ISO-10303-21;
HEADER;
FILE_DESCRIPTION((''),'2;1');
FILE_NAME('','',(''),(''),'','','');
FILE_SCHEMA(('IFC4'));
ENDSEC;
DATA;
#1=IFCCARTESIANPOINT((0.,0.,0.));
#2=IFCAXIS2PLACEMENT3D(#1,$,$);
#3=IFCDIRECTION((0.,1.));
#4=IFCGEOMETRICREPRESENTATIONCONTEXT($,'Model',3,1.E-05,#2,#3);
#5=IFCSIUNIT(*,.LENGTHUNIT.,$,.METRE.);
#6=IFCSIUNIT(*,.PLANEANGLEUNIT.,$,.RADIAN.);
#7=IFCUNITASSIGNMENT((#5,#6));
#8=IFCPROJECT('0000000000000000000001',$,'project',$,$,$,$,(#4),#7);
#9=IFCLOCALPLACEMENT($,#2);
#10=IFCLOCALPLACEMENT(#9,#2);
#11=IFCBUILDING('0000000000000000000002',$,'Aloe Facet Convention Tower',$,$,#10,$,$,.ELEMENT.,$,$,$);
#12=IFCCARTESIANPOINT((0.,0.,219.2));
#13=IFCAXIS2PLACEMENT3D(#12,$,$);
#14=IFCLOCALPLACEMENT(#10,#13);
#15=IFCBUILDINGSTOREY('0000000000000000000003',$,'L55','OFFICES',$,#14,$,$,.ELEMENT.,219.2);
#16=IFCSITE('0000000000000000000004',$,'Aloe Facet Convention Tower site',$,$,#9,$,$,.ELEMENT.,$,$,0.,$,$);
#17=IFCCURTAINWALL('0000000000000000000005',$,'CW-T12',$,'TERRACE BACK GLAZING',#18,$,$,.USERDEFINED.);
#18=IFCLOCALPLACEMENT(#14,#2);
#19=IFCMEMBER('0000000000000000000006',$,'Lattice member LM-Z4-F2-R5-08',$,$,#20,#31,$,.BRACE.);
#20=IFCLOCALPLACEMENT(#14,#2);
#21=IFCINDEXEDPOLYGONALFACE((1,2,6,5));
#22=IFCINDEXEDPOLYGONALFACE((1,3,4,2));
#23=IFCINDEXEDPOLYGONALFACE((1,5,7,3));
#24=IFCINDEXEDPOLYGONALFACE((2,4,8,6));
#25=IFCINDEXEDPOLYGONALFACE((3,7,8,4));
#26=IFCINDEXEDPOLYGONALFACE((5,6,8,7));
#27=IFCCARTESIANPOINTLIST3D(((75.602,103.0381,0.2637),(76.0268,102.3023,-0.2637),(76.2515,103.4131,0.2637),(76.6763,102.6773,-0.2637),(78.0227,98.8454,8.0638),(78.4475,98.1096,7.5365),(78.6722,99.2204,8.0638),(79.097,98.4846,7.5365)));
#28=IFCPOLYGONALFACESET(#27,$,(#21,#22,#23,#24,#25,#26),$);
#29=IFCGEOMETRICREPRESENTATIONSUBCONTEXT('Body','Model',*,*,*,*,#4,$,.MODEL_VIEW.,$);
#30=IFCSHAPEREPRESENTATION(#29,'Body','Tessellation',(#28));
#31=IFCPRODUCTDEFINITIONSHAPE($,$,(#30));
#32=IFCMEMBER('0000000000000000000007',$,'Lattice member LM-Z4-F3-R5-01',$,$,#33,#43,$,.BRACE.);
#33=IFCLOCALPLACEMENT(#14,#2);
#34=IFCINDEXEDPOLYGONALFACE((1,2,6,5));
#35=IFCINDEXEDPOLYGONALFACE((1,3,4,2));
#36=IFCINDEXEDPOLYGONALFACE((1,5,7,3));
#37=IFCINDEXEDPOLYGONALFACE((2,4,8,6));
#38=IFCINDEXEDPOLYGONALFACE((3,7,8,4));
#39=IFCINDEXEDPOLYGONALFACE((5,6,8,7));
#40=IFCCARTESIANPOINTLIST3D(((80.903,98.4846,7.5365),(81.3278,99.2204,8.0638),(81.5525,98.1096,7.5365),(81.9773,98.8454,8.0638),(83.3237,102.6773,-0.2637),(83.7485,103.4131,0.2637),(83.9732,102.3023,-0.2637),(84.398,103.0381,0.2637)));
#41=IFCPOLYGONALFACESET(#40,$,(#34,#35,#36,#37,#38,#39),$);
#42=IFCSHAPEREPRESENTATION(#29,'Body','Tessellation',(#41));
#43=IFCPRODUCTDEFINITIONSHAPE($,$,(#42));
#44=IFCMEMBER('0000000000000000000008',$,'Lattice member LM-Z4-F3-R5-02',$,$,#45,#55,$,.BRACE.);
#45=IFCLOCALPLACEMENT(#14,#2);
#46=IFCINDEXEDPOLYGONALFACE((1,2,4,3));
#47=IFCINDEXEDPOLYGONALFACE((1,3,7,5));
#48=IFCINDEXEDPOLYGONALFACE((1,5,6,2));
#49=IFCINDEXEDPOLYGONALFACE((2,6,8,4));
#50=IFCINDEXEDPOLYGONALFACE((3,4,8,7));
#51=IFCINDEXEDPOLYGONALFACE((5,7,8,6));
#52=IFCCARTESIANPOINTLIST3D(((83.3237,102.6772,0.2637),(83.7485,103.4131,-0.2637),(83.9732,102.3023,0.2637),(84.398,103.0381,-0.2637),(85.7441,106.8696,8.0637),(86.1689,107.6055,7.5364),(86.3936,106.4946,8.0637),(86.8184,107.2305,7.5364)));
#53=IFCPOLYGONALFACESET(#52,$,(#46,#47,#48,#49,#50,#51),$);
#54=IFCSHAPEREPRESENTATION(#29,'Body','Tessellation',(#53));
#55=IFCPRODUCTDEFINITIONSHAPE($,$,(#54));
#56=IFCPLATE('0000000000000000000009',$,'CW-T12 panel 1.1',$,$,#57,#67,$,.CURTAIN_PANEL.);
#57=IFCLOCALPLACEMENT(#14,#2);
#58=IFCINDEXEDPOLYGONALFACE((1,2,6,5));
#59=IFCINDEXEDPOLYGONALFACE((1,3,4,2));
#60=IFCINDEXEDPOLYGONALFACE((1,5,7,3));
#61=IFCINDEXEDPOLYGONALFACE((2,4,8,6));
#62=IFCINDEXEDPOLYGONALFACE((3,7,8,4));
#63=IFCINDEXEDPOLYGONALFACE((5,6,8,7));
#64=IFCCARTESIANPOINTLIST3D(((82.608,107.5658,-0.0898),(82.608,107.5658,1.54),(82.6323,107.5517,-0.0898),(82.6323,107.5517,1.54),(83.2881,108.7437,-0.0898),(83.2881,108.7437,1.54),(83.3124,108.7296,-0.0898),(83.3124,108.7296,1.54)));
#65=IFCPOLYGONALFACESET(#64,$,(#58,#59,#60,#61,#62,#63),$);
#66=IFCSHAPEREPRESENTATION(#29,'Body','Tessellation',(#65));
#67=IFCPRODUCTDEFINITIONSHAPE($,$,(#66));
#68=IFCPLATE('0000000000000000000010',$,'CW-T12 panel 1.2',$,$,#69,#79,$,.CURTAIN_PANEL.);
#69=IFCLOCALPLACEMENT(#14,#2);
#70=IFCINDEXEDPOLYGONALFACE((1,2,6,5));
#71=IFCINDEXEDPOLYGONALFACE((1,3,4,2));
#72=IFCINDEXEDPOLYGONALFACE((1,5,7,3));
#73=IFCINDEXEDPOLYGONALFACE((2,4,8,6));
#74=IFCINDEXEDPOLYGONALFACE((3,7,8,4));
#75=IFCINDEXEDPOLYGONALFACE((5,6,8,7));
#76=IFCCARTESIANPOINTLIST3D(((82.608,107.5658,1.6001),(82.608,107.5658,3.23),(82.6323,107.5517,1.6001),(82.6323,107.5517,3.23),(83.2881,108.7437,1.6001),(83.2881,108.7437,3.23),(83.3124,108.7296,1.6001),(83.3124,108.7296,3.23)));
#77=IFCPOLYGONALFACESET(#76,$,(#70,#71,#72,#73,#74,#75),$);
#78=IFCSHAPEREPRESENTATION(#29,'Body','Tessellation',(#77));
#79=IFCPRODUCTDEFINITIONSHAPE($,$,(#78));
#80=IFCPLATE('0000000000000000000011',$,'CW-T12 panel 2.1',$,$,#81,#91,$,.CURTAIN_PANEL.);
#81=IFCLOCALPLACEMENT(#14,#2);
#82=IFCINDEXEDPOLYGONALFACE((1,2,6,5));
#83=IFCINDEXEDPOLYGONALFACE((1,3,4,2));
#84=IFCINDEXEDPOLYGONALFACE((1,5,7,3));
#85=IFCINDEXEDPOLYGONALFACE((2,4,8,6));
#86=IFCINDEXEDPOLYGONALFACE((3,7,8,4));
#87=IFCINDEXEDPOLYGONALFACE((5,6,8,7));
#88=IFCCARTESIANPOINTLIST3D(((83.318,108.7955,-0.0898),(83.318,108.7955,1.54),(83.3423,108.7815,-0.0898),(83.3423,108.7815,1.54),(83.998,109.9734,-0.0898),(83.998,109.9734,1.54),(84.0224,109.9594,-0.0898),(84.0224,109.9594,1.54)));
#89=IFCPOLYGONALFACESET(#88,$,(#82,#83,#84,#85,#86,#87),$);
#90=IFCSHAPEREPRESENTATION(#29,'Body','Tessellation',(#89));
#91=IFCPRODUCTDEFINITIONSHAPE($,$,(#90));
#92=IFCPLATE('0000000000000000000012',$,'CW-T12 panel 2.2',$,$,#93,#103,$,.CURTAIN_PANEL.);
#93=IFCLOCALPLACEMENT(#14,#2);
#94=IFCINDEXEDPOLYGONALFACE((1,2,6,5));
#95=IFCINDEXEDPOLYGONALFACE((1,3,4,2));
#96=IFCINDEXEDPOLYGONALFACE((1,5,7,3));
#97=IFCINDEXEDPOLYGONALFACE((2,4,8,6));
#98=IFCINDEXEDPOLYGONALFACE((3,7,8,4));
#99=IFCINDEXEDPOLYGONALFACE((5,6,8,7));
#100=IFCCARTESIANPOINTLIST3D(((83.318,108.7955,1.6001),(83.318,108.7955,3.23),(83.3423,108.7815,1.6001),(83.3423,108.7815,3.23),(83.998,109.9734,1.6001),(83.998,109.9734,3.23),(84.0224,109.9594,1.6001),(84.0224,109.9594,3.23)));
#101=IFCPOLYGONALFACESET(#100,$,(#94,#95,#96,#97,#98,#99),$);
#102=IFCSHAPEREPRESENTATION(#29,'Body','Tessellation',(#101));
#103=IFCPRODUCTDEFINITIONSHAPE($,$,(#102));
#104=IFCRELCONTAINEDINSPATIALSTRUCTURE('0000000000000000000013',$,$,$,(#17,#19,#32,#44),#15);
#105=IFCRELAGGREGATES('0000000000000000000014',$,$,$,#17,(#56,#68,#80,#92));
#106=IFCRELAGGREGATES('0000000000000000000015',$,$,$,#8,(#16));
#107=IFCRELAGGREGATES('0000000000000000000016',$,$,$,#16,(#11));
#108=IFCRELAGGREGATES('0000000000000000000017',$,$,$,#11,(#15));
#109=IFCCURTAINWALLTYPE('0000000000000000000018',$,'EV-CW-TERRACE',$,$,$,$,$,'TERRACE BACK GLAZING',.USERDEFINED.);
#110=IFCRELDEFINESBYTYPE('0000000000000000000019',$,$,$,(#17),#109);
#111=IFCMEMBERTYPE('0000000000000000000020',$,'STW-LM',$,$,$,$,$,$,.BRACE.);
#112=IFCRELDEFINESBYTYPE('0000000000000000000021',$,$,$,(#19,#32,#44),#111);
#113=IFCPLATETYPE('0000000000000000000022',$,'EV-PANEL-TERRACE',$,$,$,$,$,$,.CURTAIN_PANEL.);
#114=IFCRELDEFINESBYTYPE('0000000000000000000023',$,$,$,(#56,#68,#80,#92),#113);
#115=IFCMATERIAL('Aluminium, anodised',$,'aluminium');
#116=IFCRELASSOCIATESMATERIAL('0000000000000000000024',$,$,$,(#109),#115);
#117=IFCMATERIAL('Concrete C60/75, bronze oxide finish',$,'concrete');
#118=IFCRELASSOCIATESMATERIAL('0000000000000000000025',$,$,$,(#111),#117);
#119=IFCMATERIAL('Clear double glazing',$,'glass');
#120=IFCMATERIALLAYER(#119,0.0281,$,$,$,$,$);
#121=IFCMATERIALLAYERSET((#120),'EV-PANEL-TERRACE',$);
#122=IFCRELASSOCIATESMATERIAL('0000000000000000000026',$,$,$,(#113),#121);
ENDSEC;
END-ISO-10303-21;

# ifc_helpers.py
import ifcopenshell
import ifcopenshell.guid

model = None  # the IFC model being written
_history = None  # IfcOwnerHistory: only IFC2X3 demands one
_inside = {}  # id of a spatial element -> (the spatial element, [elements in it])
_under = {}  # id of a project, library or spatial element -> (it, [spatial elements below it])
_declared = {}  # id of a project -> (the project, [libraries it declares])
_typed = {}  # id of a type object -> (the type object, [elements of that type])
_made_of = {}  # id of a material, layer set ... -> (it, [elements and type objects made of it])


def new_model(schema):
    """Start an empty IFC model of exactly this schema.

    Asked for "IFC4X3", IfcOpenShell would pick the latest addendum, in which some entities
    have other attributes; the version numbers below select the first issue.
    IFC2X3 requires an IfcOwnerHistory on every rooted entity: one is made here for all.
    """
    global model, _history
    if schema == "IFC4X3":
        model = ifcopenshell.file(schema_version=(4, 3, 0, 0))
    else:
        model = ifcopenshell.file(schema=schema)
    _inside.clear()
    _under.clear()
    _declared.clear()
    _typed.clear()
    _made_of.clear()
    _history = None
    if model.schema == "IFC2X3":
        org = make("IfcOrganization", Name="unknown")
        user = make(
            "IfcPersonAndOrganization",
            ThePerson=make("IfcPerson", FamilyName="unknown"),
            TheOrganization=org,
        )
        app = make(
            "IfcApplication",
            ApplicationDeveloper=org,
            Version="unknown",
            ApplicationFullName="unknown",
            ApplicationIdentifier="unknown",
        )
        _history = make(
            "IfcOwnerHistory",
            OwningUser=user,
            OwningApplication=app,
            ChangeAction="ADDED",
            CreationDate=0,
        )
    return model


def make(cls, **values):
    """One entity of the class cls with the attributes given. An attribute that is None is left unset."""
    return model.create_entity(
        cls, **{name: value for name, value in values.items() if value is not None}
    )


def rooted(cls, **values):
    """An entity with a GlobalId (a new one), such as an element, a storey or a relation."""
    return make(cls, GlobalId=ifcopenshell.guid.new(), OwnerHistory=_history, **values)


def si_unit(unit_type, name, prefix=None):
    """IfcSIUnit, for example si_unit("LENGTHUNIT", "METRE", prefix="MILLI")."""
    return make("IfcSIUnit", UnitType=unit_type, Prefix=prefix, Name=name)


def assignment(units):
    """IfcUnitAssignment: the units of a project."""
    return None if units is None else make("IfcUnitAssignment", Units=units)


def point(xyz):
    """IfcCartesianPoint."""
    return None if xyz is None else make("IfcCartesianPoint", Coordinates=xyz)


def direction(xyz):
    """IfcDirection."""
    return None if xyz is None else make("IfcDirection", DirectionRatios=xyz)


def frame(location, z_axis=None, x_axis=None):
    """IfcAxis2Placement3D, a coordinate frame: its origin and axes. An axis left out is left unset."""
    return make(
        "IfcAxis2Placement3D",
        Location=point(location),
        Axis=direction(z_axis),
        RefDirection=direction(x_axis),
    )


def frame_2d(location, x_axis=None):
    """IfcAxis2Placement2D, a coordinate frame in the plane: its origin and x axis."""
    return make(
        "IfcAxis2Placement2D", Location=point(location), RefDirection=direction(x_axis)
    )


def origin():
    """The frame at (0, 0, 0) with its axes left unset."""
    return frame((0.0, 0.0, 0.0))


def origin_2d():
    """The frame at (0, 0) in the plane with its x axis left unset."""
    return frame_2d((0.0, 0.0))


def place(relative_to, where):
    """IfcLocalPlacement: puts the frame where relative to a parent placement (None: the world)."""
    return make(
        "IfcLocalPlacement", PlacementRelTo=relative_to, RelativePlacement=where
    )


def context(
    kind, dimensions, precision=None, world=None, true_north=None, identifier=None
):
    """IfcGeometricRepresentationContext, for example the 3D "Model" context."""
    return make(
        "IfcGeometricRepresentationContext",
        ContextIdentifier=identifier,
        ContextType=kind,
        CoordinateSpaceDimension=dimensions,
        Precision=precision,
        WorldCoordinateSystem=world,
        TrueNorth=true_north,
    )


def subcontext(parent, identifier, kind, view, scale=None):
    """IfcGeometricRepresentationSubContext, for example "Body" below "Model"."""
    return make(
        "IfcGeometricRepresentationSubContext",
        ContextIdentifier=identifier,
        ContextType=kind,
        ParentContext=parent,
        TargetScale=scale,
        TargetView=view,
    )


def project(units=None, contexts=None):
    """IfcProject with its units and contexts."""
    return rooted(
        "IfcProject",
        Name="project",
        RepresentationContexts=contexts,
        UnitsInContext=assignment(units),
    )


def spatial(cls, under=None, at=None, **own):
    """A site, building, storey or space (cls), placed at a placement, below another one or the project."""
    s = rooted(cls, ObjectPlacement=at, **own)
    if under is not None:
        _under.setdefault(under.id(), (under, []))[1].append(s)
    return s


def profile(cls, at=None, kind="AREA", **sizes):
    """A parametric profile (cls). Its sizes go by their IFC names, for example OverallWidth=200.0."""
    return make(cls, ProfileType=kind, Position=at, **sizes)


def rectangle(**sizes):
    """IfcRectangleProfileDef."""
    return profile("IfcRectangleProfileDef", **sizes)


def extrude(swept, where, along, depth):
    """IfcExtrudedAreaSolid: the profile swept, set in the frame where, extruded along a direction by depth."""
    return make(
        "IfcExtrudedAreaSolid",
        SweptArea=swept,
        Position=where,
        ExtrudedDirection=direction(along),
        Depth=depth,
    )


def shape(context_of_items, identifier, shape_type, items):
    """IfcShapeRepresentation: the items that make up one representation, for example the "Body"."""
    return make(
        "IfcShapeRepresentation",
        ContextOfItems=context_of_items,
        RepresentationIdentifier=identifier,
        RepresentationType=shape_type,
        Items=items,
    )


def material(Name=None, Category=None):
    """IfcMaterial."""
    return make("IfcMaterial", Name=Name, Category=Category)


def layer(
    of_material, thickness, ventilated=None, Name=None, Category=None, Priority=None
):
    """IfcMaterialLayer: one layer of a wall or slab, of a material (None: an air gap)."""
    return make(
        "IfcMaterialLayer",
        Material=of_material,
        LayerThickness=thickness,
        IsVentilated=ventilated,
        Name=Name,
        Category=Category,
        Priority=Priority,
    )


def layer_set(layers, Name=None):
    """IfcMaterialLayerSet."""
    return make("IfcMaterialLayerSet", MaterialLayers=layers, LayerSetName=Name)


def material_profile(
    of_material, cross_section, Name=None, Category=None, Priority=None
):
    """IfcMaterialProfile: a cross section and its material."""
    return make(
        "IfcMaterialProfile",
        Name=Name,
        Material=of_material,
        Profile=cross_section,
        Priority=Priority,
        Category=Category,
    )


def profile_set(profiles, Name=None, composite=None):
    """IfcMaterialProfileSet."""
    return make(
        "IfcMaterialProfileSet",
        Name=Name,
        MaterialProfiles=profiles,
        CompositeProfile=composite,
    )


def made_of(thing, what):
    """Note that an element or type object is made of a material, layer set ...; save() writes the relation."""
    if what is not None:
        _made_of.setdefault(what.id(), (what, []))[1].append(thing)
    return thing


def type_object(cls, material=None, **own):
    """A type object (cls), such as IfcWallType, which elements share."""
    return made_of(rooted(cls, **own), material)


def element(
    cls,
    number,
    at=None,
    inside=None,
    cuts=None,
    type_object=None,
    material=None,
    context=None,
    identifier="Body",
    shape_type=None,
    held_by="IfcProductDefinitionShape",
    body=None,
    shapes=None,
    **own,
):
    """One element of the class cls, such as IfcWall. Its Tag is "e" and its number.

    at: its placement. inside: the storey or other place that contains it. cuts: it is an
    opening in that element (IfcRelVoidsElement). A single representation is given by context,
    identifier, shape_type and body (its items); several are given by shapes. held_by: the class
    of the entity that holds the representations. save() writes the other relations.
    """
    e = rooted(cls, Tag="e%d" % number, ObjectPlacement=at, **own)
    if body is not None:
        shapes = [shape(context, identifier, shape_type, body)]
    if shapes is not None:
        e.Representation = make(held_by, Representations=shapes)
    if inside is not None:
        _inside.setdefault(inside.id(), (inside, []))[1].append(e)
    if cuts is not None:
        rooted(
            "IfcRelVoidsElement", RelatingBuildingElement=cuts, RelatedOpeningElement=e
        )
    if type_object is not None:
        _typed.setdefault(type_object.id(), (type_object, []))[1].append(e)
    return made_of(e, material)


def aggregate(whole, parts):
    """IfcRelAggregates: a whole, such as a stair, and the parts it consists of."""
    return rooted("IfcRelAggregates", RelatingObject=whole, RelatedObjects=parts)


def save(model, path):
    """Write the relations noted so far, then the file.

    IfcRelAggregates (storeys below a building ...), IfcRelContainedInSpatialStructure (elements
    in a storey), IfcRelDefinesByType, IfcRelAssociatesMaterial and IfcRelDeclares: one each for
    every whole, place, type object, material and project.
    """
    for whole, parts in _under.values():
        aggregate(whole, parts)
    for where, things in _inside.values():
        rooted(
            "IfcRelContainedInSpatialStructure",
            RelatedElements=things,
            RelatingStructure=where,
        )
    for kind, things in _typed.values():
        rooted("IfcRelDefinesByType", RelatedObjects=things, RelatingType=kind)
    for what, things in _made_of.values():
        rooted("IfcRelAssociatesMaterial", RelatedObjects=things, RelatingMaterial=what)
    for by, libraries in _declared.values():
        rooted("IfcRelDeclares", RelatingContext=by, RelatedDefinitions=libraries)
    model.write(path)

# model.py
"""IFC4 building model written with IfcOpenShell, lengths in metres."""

from ifc_helpers import new_model, si_unit, direction, frame, origin, origin_2d, place, context, subcontext, project, spatial, rectangle, extrude, material, layer, layer_set, material_profile, profile_set, type_object, element, aggregate, save


model = new_model("IFC4")

# Units and contexts
model_context = context("Model", 3, precision=1e-05, world=origin(), true_north=direction((0.0, 1.0)))
body_context = subcontext(model_context, "Body", "Model", "MODEL_VIEW")
ifc_project = project(units=[si_unit("LENGTHUNIT", "METRE"), si_unit("PLANEANGLEUNIT", "RADIAN")], contexts=[model_context])

# Site, building, storey
site_placement = place(None, origin())
site = spatial("IfcSite", under=ifc_project, at=site_placement, Name="Aloe Facet Convention Tower site", CompositionType="ELEMENT", RefElevation=0.0)
building_placement = place(site_placement, origin())
building = spatial("IfcBuilding", under=site, at=building_placement, Name="Aloe Facet Convention Tower", CompositionType="ELEMENT")
storey_placement = place(building_placement, frame((0.0, 0.0, 219.2)))
storey = spatial("IfcBuildingStorey", under=building, at=storey_placement, Name="L55", Description="OFFICES", CompositionType="ELEMENT", Elevation=219.2)

# Curtain wall
ifc_material_1 = material(Name="Aluminium, anodised", Category="aluminium")
curtain_wall_type = type_object("IfcCurtainWallType", Name="EV-CW-TERRACE", ElementType="TERRACE BACK GLAZING", PredefinedType="USERDEFINED", material=ifc_material_1)
curtain_wall_placement = place(storey_placement, origin())
curtain_wall = element("IfcCurtainWall", 1, at=curtain_wall_placement, inside=storey, type_object=curtain_wall_type, Name="CW-T12", ObjectType="TERRACE BACK GLAZING", PredefinedType="USERDEFINED")

# Members
ifc_material_2 = material(Name="Concrete C60/75, bronze oxide finish", Category="concrete")
ifc_material_profile_1 = material_profile(ifc_material_2, rectangle(XDim=0.75, YDim=1.0, at=origin_2d()), Name="STW-LM")
ifc_profile_set_1 = profile_set([ifc_material_profile_1], Name="Concrete C60/75, bronze oxide finish")
member_type_1 = type_object("IfcMemberType", Name="STW-LM", PredefinedType="BRACE", material=ifc_profile_set_1)
for number, where, z_axis, x_axis, name in (
    (2, (76.1392, 102.8577, 0.0), (0.263678, -0.456697, 0.849648), (0.866022, 0.500006, 0.0), "Lattice member LM-Z4-F2-R5-08"),
    (3, (83.8608, 102.8577, 0.0), (-0.263678, -0.456697, 0.849648), (0.866022, -0.500006, 0.0), "Lattice member LM-Z4-F3-R5-01"),
):
    element("IfcMember", number, at=place(storey_placement, frame(where, z_axis=z_axis, x_axis=x_axis)), inside=storey, type_object=member_type_1, Name=name, PredefinedType="BRACE", context=body_context, shape_type="SweptSolid", body=[
        extrude(rectangle(XDim=0.75, YDim=1.0, at=origin_2d()), origin(), (0.0, 0.0, 1.0), 9.1804),
    ])
member_1_placement = place(storey_placement, frame((83.8608, 102.8577, 0.0), z_axis=(0.263657, 0.456679, 0.849664), x_axis=(-0.866031, 0.49999, 0.0)))
element("IfcMember", 4, at=member_1_placement, inside=storey, type_object=member_type_1, Name="Lattice member LM-Z4-F3-R5-02", PredefinedType="BRACE", context=body_context, shape_type="SweptSolid", body=[
    extrude(rectangle(XDim=0.75, YDim=1.0, at=origin_2d()), origin(), (0.0, 0.0, 1.0), 9.1802),
])

# Plates
ifc_material_3 = material(Name="Clear double glazing", Category="glass")
ifc_layer_1 = layer(ifc_material_3, 0.0281)
ifc_layer_set_1 = layer_set([ifc_layer_1], Name="EV-PANEL-TERRACE")
plate_type = type_object("IfcPlateType", Name="EV-PANEL-TERRACE", PredefinedType="CURTAIN_PANEL", material=ifc_layer_set_1)
plate_1_placement = place(storey_placement, frame((82.9602, 108.1477, -0.0898), z_axis=(0.0, 0.0, 1.0), x_axis=(0.5, 0.866025, 0.0)))
plate_1 = element("IfcPlate", 5, at=plate_1_placement, type_object=plate_type, Name="CW-T12 panel 1.1", PredefinedType="CURTAIN_PANEL", context=body_context, shape_type="SweptSolid", body=[
    extrude(rectangle(XDim=1.3601, YDim=0.0281, at=origin_2d()), origin(), (0.0, 0.0, 1.0), 1.6299),
])
plate_2_placement = place(storey_placement, frame((82.9602, 108.1477, 1.6001), z_axis=(0.0, 0.0, 1.0), x_axis=(0.5, 0.866025, 0.0)))
plate_2 = element("IfcPlate", 6, at=plate_2_placement, type_object=plate_type, Name="CW-T12 panel 1.2", PredefinedType="CURTAIN_PANEL", context=body_context, shape_type="SweptSolid", body=[
    extrude(rectangle(XDim=1.3601, YDim=0.0281, at=origin_2d()), origin(), (0.0, 0.0, 1.0), 1.6299),
])
plate_3_placement = place(storey_placement, frame((83.6702, 109.3774, -0.0898), z_axis=(0.0, 0.0, 1.0), x_axis=(0.5, 0.866025, 0.0)))
plate_3 = element("IfcPlate", 7, at=plate_3_placement, type_object=plate_type, Name="CW-T12 panel 2.1", PredefinedType="CURTAIN_PANEL", context=body_context, shape_type="SweptSolid", body=[
    extrude(rectangle(XDim=1.3601, YDim=0.0281, at=origin_2d()), origin(), (0.0, 0.0, 1.0), 1.6299),
])
plate_4_placement = place(storey_placement, frame((83.6702, 109.3774, 1.6001), z_axis=(0.0, 0.0, 1.0), x_axis=(0.5, 0.866025, 0.0)))
plate_4 = element("IfcPlate", 8, at=plate_4_placement, type_object=plate_type, Name="CW-T12 panel 2.2", PredefinedType="CURTAIN_PANEL", context=body_context, shape_type="SweptSolid", body=[
    extrude(rectangle(XDim=1.3601, YDim=0.0281, at=origin_2d()), origin(), (0.0, 0.0, 1.0), 1.6299),
])
aggregate(curtain_wall, [plate_1, plate_2, plate_3, plate_4])

save(model, "model.ifc")
